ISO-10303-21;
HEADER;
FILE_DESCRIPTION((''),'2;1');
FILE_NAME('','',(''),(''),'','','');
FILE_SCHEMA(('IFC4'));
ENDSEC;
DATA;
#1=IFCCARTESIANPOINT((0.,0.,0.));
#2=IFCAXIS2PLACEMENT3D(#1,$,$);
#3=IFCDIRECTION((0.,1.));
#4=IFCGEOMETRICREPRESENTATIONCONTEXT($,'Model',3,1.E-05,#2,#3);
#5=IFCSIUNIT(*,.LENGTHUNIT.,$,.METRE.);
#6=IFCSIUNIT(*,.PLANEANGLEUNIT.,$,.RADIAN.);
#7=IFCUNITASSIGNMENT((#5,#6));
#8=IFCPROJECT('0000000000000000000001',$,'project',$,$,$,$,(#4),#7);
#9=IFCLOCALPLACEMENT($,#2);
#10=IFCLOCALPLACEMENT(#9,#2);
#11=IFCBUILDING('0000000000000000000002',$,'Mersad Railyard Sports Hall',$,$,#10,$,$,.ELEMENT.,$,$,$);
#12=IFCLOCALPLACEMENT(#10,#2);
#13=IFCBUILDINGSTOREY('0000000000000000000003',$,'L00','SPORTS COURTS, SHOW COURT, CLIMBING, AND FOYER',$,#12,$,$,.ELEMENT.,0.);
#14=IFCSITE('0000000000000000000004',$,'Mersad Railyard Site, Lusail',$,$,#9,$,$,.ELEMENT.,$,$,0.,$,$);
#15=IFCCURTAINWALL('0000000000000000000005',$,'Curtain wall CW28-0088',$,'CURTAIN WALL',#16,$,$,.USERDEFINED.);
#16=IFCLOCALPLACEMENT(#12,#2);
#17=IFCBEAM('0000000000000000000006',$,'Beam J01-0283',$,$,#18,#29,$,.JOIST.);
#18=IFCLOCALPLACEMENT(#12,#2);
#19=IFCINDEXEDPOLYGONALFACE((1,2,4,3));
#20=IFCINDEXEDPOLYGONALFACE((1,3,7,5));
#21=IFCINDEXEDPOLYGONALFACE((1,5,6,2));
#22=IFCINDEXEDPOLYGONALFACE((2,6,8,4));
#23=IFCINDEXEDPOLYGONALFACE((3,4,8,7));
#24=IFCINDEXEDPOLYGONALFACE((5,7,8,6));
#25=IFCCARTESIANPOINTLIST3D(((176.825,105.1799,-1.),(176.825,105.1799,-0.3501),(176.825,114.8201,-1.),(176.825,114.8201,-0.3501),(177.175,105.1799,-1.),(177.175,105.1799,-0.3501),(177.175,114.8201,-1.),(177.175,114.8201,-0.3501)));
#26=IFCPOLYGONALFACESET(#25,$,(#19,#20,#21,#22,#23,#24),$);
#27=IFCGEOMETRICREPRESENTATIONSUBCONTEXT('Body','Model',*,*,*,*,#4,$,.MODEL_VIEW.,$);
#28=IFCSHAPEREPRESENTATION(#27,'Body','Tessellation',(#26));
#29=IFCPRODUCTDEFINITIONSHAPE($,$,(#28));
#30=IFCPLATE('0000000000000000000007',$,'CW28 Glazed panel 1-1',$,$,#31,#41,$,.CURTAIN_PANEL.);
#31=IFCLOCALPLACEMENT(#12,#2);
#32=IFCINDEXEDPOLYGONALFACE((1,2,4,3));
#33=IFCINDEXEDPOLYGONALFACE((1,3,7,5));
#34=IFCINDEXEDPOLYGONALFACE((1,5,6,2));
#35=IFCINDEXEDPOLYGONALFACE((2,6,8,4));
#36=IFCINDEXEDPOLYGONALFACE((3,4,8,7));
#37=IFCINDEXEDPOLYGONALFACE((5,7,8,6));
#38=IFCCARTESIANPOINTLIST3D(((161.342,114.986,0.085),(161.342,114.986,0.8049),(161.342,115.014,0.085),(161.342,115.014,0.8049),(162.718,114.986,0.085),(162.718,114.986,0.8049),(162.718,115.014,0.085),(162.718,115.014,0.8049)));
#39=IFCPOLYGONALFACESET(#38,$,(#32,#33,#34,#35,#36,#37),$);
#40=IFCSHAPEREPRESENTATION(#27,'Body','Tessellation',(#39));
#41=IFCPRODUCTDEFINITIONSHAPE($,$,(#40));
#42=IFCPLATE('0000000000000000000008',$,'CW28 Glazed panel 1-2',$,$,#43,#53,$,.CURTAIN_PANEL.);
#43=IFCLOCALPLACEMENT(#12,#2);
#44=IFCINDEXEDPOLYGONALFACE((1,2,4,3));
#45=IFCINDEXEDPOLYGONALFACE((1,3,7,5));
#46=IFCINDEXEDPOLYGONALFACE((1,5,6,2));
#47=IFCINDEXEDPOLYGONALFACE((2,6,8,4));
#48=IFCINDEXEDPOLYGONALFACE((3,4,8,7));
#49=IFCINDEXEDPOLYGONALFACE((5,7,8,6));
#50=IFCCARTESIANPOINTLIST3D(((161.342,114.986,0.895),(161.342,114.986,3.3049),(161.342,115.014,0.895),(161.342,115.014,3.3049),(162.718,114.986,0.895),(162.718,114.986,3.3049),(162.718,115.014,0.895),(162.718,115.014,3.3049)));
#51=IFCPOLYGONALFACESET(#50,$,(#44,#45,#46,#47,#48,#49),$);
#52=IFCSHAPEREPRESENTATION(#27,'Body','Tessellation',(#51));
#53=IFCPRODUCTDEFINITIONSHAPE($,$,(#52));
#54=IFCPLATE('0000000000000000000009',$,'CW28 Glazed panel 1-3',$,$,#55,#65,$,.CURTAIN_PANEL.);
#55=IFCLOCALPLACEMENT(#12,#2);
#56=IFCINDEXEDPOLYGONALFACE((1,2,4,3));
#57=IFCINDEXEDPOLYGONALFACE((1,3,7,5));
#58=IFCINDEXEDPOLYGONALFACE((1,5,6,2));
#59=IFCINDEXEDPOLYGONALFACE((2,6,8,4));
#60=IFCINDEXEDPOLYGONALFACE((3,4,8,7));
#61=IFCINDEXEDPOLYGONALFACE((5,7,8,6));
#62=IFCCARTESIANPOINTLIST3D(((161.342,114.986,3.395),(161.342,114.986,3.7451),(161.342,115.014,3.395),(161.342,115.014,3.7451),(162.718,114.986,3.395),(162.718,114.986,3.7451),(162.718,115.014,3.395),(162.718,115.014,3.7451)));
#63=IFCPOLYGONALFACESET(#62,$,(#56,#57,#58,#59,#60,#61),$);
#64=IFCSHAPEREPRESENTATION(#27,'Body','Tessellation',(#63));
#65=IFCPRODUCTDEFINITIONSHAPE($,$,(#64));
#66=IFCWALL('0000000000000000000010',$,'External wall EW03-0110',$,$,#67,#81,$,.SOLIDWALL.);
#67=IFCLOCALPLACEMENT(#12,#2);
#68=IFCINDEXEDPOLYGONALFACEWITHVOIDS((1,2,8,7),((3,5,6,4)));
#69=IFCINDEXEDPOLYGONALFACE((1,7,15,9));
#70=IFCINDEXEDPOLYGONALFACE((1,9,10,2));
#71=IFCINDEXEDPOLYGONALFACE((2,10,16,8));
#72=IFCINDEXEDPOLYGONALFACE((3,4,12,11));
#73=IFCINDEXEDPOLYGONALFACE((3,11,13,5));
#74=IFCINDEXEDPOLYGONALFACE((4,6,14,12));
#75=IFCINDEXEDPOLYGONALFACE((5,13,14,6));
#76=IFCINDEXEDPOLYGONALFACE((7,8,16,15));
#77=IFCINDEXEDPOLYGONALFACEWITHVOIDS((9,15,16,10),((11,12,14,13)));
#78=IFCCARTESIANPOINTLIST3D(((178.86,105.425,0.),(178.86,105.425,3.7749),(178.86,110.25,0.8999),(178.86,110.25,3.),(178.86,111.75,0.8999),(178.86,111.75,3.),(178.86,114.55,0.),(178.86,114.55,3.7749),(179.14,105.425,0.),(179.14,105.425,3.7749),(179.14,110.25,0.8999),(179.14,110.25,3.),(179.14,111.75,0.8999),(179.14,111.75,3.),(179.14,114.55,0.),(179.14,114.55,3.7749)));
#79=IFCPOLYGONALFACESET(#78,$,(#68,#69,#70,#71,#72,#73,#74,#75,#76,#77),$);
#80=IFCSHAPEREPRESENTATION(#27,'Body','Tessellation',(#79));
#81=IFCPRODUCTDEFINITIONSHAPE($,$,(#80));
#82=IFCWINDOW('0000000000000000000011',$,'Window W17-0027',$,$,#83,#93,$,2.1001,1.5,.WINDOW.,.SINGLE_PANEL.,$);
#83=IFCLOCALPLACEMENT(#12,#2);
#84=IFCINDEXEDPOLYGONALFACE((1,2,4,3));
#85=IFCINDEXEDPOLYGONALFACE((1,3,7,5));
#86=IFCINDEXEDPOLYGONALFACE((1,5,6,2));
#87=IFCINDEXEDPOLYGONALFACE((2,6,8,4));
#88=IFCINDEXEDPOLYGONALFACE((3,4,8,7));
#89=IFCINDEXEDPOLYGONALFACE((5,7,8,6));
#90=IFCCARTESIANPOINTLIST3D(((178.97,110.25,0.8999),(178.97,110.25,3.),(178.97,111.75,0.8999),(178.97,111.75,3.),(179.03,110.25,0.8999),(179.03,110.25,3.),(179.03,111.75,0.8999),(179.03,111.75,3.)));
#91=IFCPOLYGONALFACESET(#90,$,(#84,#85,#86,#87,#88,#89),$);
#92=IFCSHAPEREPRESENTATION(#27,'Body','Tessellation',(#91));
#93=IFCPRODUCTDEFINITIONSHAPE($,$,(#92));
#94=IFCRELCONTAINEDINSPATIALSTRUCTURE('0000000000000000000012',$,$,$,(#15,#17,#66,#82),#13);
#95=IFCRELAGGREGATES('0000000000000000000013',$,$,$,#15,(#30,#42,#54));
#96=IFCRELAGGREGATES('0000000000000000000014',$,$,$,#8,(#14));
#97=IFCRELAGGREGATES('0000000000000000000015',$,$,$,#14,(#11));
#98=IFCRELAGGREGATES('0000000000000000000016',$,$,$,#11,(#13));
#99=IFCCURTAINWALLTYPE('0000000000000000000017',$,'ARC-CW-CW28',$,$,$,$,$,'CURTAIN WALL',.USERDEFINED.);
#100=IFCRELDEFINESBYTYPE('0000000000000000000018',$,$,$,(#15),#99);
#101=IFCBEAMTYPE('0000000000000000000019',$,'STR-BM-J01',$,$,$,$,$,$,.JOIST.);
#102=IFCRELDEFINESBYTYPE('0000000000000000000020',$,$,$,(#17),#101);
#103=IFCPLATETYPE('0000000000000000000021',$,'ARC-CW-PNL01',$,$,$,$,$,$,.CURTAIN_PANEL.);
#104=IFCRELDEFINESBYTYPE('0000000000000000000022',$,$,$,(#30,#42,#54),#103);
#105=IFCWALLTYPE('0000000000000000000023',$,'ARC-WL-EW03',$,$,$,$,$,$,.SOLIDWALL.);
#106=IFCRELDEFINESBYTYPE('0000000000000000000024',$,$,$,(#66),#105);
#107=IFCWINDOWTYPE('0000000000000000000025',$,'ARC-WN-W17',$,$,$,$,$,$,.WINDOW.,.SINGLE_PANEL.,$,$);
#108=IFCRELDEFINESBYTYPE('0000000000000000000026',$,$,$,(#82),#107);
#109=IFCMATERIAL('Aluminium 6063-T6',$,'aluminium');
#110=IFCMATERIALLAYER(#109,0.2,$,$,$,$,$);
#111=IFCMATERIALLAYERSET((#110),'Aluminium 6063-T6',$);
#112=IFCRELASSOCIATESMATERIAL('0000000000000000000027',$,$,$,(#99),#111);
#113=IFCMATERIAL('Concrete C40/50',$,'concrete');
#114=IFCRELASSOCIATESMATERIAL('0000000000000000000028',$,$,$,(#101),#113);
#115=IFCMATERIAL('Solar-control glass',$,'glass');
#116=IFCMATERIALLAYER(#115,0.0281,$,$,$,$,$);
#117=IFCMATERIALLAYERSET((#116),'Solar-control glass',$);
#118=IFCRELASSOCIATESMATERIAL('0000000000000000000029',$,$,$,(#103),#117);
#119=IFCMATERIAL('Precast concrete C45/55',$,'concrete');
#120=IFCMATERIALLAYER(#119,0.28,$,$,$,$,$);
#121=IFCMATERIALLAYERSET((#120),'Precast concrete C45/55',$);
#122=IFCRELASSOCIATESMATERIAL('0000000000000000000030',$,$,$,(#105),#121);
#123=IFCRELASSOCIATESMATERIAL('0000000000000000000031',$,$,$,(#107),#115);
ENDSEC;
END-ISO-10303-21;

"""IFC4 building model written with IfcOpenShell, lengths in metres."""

from ifc_helpers import new_model, si_unit, direction, frame, frame_2d, origin, origin_2d, place, context, subcontext, project, spatial, rectangle, extrude, material, layer, layer_set, material_profile, profile_set, type_object, element, fill, aggregate, save


model = new_model("IFC4")

# Units and contexts
model_context = context("Model", 3, precision=1e-05, world=origin(), true_north=direction((0.0, 1.0)))
body_context = subcontext(model_context, "Body", "Model", "MODEL_VIEW")
ifc_project = project(units=[si_unit("LENGTHUNIT", "METRE"), si_unit("PLANEANGLEUNIT", "RADIAN")], contexts=[model_context])

# Site, building, storey
site_placement = place(None, origin())
site = spatial("IfcSite", under=ifc_project, at=site_placement, Name="Mersad Railyard Site, Lusail", CompositionType="ELEMENT", RefElevation=0.0)
building_placement = place(site_placement, origin())
building = spatial("IfcBuilding", under=site, at=building_placement, Name="Mersad Railyard Sports Hall", CompositionType="ELEMENT")
storey_placement = place(building_placement, origin())
storey = spatial("IfcBuildingStorey", under=building, at=storey_placement, Name="L00", Description="SPORTS COURTS, SHOW COURT, CLIMBING, AND FOYER", CompositionType="ELEMENT", Elevation=0.0)

# Curtain wall
ifc_material_1 = material(Name="Aluminium 6063-T6", Category="aluminium")
ifc_layer_1 = layer(ifc_material_1, 0.2)
ifc_layer_set_1 = layer_set([ifc_layer_1], Name="Aluminium 6063-T6")
curtain_wall_type = type_object("IfcCurtainWallType", Name="ARC-CW-CW28", ElementType="CURTAIN WALL", PredefinedType="USERDEFINED", material=ifc_layer_set_1)
curtain_wall_placement = place(storey_placement, origin())
curtain_wall = element("IfcCurtainWall", 1, at=curtain_wall_placement, inside=storey, type_object=curtain_wall_type, Name="Curtain wall CW28-0088", ObjectType="CURTAIN WALL", PredefinedType="USERDEFINED")

# Beam
ifc_material_2 = material(Name="Concrete C40/50", Category="concrete")
ifc_material_profile_1 = material_profile(ifc_material_2, rectangle(XDim=0.3501, YDim=0.6499, at=origin_2d()), Name="RC 350x650")
ifc_profile_set_1 = profile_set([ifc_material_profile_1], Name="Concrete C40/50")
beam_type_1 = type_object("IfcBeamType", Name="STR-BM-J01", PredefinedType="JOIST", material=ifc_profile_set_1)
for number, where, z_axis, x_axis, name in (
    (2, (177.0, 105.1799, -0.675), (0.0, 1.0, 0.0), (-1.0, 0.0, 0.0), "Beam J01-0283"),
):
    element("IfcBeam", number, at=place(storey_placement, frame(where, z_axis=z_axis, x_axis=x_axis)), inside=storey, type_object=beam_type_1, Name=name, PredefinedType="JOIST", context=body_context, shape_type="SweptSolid", body=[
        extrude(rectangle(XDim=0.3501, YDim=0.6499, at=origin_2d()), origin(), (0.0, 0.0, 1.0), 9.6401),
    ])

# Plates
ifc_material_3 = material(Name="Solar-control glass", Category="glass")
ifc_layer_2 = layer(ifc_material_3, 0.0281)
ifc_layer_set_2 = layer_set([ifc_layer_2], Name="Solar-control glass")
plate_type = type_object("IfcPlateType", Name="ARC-CW-PNL01", PredefinedType="CURTAIN_PANEL", material=ifc_layer_set_2)
plate_1_placement = place(storey_placement, frame((162.03, 115.0, 0.085), z_axis=(0.0, 0.0, 1.0), x_axis=(1.0, 0.0, 0.0)))
plate_1 = element("IfcPlate", 3, at=plate_1_placement, type_object=plate_type, Name="CW28 Glazed panel 1-1", PredefinedType="CURTAIN_PANEL", context=body_context, shape_type="SweptSolid", body=[
    extrude(rectangle(XDim=1.376, YDim=0.0281, at=origin_2d()), origin(), (0.0, 0.0, 1.0), 0.72),
])
plate_2_placement = place(storey_placement, frame((162.03, 115.0, 0.895), z_axis=(0.0, 0.0, 1.0), x_axis=(1.0, 0.0, 0.0)))
plate_2 = element("IfcPlate", 4, at=plate_2_placement, type_object=plate_type, Name="CW28 Glazed panel 1-2", PredefinedType="CURTAIN_PANEL", context=body_context, shape_type="SweptSolid", body=[
    extrude(rectangle(XDim=1.376, YDim=0.0281, at=origin_2d()), origin(), (0.0, 0.0, 1.0), 2.4099),
])
plate_3_placement = place(storey_placement, frame((162.03, 115.0, 3.395), z_axis=(0.0, 0.0, 1.0), x_axis=(1.0, 0.0, 0.0)))
plate_3 = element("IfcPlate", 5, at=plate_3_placement, type_object=plate_type, Name="CW28 Glazed panel 1-3", PredefinedType="CURTAIN_PANEL", context=body_context, shape_type="SweptSolid", body=[
    extrude(rectangle(XDim=1.376, YDim=0.0281, at=origin_2d()), origin(), (0.0, 0.0, 1.0), 0.3501),
])
aggregate(curtain_wall, [plate_1, plate_2, plate_3])

# Wall, opening, window
ifc_material_4 = material(Name="Precast concrete C45/55", Category="concrete")
ifc_layer_3 = layer(ifc_material_4, 0.28)
ifc_layer_set_3 = layer_set([ifc_layer_3], Name="Precast concrete C45/55")
wall_type = type_object("IfcWallType", Name="ARC-WL-EW03", PredefinedType="SOLIDWALL", material=ifc_layer_set_3)
wall_placement = place(storey_placement, frame((179.0, 114.55, 0.0), z_axis=(0.0, 0.0, 1.0), x_axis=(0.0, -1.0, 0.0)))
wall = element("IfcWall", 6, at=wall_placement, inside=storey, type_object=wall_type, Name="External wall EW03-0110", PredefinedType="SOLIDWALL", context=body_context, shape_type="SweptSolid", body=[
    extrude(rectangle(XDim=9.125, YDim=0.28, at=frame_2d((4.5625, 0.0))), origin(), (0.0, 0.0, 1.0), 3.7749),
])
opening_placement = place(wall_placement, frame((2.8, 0.0, 0.8999)))
opening = element("IfcOpeningElement", 7, at=opening_placement, cuts=wall, PredefinedType="OPENING", context=body_context, shape_type="SweptSolid", body=[
    extrude(rectangle(XDim=1.5, YDim=2.1001, at=frame_2d((0.75, 1.05))), frame((0.0, 0.1499, 0.0), z_axis=(0.0, -1.0, 0.0), x_axis=(1.0, 0.0, 0.0)), (0.0, 0.0, 1.0), 0.3),
])
window_type = type_object("IfcWindowType", Name="ARC-WN-W17", PartitioningType="SINGLE_PANEL", PredefinedType="WINDOW", material=ifc_material_3)
window_placement = place(opening_placement, origin())
window = element("IfcWindow", 8, at=window_placement, inside=storey, type_object=window_type, Name="Window W17-0027", OverallHeight=2.1001, OverallWidth=1.5, PartitioningType="SINGLE_PANEL", PredefinedType="WINDOW", context=body_context, shape_type="SweptSolid", body=[
    extrude(rectangle(XDim=1.5, YDim=2.1001, at=frame_2d((0.75, 1.05))), frame((0.0, 0.03, 0.0), z_axis=(0.0, -1.0, 0.0), x_axis=(1.0, 0.0, 0.0)), (0.0, 0.0, 1.0), 0.0601),
])
fill(opening, window)

save(model, "model.ifc")
